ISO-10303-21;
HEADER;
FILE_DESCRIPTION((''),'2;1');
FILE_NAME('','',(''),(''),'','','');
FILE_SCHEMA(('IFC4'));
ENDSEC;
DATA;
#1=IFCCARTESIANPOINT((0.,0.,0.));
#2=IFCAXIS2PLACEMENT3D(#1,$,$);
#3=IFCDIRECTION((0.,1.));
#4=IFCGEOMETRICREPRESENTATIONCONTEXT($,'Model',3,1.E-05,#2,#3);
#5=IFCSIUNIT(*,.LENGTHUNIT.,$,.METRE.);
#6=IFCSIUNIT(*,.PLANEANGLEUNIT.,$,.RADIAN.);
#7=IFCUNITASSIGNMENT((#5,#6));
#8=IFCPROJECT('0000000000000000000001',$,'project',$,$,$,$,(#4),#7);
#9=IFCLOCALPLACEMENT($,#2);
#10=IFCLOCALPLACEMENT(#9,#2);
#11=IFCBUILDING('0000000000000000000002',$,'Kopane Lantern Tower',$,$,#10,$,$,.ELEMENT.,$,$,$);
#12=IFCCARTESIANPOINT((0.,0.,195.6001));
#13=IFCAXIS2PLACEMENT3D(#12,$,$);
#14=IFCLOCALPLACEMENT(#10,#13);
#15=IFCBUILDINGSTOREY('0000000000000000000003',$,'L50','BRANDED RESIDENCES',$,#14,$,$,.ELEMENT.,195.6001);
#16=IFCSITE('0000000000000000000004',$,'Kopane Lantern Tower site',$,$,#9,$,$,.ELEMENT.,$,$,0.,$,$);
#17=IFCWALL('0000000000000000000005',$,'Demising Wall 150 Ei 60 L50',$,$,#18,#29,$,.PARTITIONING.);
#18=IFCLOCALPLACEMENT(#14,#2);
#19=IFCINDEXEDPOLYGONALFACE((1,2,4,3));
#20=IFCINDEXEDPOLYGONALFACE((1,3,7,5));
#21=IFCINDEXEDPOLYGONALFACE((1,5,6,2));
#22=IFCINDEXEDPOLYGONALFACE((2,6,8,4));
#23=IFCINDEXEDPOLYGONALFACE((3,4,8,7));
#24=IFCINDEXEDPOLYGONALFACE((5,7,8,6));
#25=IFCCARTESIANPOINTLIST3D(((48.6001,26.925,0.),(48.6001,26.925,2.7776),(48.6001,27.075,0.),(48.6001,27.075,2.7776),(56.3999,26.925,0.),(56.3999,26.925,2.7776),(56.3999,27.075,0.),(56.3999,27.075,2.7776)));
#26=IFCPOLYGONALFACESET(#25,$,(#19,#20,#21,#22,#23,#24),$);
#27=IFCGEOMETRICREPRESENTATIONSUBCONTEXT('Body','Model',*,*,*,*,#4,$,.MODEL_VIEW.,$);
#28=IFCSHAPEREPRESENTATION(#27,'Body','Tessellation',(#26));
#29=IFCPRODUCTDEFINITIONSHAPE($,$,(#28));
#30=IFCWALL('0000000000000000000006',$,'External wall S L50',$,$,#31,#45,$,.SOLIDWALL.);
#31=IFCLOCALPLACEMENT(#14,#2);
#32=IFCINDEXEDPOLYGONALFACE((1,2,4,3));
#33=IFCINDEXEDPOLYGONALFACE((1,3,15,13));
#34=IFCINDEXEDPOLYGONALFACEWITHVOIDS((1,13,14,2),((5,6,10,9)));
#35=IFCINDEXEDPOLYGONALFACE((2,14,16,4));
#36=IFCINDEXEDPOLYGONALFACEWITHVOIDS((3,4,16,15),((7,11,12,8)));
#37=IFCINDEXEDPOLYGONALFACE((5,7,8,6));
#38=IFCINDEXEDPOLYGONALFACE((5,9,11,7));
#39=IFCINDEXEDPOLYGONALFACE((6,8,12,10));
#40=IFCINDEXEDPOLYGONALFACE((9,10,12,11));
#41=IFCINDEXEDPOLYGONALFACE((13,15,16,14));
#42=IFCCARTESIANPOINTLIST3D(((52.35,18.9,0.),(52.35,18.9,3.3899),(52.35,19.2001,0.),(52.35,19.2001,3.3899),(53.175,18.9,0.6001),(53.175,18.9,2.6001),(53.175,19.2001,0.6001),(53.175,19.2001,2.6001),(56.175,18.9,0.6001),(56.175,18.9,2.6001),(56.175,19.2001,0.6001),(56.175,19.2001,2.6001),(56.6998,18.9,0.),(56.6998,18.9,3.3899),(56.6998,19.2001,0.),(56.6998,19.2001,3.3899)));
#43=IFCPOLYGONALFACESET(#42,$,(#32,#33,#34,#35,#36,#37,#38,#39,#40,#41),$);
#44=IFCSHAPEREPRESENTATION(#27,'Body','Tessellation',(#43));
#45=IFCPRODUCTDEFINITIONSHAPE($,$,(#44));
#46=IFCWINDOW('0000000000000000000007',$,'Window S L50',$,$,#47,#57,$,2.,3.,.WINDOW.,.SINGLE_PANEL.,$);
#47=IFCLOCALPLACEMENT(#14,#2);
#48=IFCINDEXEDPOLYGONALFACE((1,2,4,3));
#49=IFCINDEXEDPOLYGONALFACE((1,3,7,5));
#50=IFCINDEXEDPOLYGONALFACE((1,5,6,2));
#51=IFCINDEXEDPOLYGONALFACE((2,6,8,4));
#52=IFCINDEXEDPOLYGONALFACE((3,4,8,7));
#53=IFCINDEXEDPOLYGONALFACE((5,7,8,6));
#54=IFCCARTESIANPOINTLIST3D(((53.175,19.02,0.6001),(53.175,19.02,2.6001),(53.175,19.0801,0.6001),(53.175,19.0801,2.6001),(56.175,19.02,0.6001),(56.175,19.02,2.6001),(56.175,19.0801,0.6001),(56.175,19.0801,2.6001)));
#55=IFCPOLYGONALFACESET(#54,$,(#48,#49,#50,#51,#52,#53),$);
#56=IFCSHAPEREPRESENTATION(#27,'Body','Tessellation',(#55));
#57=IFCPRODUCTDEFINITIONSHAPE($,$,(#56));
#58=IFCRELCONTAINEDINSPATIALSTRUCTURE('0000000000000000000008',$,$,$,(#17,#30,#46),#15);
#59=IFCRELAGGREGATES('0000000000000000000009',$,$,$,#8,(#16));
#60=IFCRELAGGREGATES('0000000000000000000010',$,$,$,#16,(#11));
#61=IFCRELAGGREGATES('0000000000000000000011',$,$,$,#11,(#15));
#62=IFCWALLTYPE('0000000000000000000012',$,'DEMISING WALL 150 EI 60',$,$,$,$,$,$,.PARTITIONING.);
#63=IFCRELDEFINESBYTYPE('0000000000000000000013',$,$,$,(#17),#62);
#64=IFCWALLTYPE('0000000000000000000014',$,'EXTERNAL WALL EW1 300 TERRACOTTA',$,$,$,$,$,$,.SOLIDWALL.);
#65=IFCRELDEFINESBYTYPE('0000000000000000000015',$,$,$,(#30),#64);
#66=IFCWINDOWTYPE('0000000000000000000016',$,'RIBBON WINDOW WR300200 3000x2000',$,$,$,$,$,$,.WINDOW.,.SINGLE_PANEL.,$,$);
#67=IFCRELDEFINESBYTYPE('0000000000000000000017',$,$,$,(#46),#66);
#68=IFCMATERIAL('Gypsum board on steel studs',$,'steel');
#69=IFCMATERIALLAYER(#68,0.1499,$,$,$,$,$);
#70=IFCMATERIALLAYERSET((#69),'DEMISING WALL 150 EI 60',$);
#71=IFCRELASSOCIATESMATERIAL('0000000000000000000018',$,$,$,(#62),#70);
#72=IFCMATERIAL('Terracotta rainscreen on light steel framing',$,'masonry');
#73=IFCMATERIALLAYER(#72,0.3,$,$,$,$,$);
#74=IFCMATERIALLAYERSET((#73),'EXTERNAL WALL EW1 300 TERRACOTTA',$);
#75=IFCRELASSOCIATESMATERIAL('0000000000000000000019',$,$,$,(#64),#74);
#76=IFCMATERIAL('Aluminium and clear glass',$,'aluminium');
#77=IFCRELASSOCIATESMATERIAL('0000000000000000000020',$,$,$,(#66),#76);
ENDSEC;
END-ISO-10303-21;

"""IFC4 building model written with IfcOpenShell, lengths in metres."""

from ifc_helpers import new_model, si_unit, direction, frame, frame_2d, origin, place, context, subcontext, project, spatial, rectangle, extrude, material, layer, layer_set, type_object, element, fill, save


model = new_model("IFC4")

# Units and contexts
model_context = context("Model", 3, precision=1e-05, world=origin(), true_north=direction((0.0, 1.0)))
body_context = subcontext(model_context, "Body", "Model", "MODEL_VIEW")
ifc_project = project(units=[si_unit("LENGTHUNIT", "METRE"), si_unit("PLANEANGLEUNIT", "RADIAN")], contexts=[model_context])

# Site, building, storey
site_placement = place(None, origin())
site = spatial("IfcSite", under=ifc_project, at=site_placement, Name="Kopane Lantern Tower site", CompositionType="ELEMENT", RefElevation=0.0)
building_placement = place(site_placement, origin())
building = spatial("IfcBuilding", under=site, at=building_placement, Name="Kopane Lantern Tower", CompositionType="ELEMENT")
storey_placement = place(building_placement, frame((0.0, 0.0, 195.6001)))
storey = spatial("IfcBuildingStorey", under=building, at=storey_placement, Name="L50", Description="BRANDED RESIDENCES", CompositionType="ELEMENT", Elevation=195.6001)

# Wall
ifc_material_1 = material(Name="Gypsum board on steel studs", Category="steel")
ifc_layer_1 = layer(ifc_material_1, 0.1499)
ifc_layer_set_1 = layer_set([ifc_layer_1], Name="DEMISING WALL 150 EI 60")
wall_type_1 = type_object("IfcWallType", Name="DEMISING WALL 150 EI 60", PredefinedType="PARTITIONING", material=ifc_layer_set_1)
wall_1_placement = place(storey_placement, frame((48.6001, 27.0, 0.0), z_axis=(0.0, 0.0, 1.0), x_axis=(1.0, 0.0, 0.0)))
element("IfcWall", 1, at=wall_1_placement, inside=storey, type_object=wall_type_1, Name="Demising Wall 150 Ei 60 L50", PredefinedType="PARTITIONING", context=body_context, shape_type="SweptSolid", body=[
    extrude(rectangle(XDim=7.7998, YDim=0.1499, at=frame_2d((3.8999, 0.0))), origin(), (0.0, 0.0, 1.0), 2.7776),
])

# Wall, opening, window
ifc_material_2 = material(Name="Terracotta rainscreen on light steel framing", Category="masonry")
ifc_layer_2 = layer(ifc_material_2, 0.3)
ifc_layer_set_2 = layer_set([ifc_layer_2], Name="EXTERNAL WALL EW1 300 TERRACOTTA")
wall_type_2 = type_object("IfcWallType", Name="EXTERNAL WALL EW1 300 TERRACOTTA", PredefinedType="SOLIDWALL", material=ifc_layer_set_2)
wall_2_placement = place(storey_placement, frame((52.3501, 19.05, 0.0), z_axis=(0.0, 0.0, 1.0), x_axis=(1.0, 0.0, 0.0)))
wall_2 = element("IfcWall", 2, at=wall_2_placement, inside=storey, type_object=wall_type_2, Name="External wall S L50", PredefinedType="SOLIDWALL", context=body_context, shape_type="SweptSolid", body=[
    extrude(rectangle(XDim=4.3499, YDim=0.3, at=frame_2d((2.1748, 0.0))), origin(), (0.0, 0.0, 1.0), 3.3899),
])
opening_1_placement = place(wall_2_placement, frame((0.825, 0.0, 0.6001)))
opening_1 = element("IfcOpeningElement", 3, at=opening_1_placement, cuts=wall_2, PredefinedType="OPENING", context=body_context, shape_type="SweptSolid", body=[
    extrude(rectangle(XDim=3.0, YDim=2.0, at=frame_2d((1.5, 1.0))), frame((0.0, 0.1599, 0.0), z_axis=(0.0, -1.0, 0.0), x_axis=(1.0, 0.0, 0.0)), (0.0, 0.0, 1.0), 0.3201),
])
ifc_material_3 = material(Name="Aluminium and clear glass", Category="aluminium")
window_type_1 = type_object("IfcWindowType", Name="RIBBON WINDOW WR300200 3000x2000", PartitioningType="SINGLE_PANEL", PredefinedType="WINDOW", material=ifc_material_3)
window_1_placement = place(opening_1_placement, origin())
window_1 = element("IfcWindow", 4, at=window_1_placement, inside=storey, type_object=window_type_1, Name="Window S L50", OverallHeight=2.0, OverallWidth=3.0, PartitioningType="SINGLE_PANEL", PredefinedType="WINDOW", context=body_context, shape_type="SweptSolid", body=[
    extrude(rectangle(XDim=3.0, YDim=2.0, at=frame_2d((1.5, 1.0))), frame((0.0, 0.03, 0.0), z_axis=(0.0, -1.0, 0.0), x_axis=(1.0, 0.0, 0.0)), (0.0, 0.0, 1.0), 0.0601),
])
fill(opening_1, window_1)

save(model, "model.ifc")
